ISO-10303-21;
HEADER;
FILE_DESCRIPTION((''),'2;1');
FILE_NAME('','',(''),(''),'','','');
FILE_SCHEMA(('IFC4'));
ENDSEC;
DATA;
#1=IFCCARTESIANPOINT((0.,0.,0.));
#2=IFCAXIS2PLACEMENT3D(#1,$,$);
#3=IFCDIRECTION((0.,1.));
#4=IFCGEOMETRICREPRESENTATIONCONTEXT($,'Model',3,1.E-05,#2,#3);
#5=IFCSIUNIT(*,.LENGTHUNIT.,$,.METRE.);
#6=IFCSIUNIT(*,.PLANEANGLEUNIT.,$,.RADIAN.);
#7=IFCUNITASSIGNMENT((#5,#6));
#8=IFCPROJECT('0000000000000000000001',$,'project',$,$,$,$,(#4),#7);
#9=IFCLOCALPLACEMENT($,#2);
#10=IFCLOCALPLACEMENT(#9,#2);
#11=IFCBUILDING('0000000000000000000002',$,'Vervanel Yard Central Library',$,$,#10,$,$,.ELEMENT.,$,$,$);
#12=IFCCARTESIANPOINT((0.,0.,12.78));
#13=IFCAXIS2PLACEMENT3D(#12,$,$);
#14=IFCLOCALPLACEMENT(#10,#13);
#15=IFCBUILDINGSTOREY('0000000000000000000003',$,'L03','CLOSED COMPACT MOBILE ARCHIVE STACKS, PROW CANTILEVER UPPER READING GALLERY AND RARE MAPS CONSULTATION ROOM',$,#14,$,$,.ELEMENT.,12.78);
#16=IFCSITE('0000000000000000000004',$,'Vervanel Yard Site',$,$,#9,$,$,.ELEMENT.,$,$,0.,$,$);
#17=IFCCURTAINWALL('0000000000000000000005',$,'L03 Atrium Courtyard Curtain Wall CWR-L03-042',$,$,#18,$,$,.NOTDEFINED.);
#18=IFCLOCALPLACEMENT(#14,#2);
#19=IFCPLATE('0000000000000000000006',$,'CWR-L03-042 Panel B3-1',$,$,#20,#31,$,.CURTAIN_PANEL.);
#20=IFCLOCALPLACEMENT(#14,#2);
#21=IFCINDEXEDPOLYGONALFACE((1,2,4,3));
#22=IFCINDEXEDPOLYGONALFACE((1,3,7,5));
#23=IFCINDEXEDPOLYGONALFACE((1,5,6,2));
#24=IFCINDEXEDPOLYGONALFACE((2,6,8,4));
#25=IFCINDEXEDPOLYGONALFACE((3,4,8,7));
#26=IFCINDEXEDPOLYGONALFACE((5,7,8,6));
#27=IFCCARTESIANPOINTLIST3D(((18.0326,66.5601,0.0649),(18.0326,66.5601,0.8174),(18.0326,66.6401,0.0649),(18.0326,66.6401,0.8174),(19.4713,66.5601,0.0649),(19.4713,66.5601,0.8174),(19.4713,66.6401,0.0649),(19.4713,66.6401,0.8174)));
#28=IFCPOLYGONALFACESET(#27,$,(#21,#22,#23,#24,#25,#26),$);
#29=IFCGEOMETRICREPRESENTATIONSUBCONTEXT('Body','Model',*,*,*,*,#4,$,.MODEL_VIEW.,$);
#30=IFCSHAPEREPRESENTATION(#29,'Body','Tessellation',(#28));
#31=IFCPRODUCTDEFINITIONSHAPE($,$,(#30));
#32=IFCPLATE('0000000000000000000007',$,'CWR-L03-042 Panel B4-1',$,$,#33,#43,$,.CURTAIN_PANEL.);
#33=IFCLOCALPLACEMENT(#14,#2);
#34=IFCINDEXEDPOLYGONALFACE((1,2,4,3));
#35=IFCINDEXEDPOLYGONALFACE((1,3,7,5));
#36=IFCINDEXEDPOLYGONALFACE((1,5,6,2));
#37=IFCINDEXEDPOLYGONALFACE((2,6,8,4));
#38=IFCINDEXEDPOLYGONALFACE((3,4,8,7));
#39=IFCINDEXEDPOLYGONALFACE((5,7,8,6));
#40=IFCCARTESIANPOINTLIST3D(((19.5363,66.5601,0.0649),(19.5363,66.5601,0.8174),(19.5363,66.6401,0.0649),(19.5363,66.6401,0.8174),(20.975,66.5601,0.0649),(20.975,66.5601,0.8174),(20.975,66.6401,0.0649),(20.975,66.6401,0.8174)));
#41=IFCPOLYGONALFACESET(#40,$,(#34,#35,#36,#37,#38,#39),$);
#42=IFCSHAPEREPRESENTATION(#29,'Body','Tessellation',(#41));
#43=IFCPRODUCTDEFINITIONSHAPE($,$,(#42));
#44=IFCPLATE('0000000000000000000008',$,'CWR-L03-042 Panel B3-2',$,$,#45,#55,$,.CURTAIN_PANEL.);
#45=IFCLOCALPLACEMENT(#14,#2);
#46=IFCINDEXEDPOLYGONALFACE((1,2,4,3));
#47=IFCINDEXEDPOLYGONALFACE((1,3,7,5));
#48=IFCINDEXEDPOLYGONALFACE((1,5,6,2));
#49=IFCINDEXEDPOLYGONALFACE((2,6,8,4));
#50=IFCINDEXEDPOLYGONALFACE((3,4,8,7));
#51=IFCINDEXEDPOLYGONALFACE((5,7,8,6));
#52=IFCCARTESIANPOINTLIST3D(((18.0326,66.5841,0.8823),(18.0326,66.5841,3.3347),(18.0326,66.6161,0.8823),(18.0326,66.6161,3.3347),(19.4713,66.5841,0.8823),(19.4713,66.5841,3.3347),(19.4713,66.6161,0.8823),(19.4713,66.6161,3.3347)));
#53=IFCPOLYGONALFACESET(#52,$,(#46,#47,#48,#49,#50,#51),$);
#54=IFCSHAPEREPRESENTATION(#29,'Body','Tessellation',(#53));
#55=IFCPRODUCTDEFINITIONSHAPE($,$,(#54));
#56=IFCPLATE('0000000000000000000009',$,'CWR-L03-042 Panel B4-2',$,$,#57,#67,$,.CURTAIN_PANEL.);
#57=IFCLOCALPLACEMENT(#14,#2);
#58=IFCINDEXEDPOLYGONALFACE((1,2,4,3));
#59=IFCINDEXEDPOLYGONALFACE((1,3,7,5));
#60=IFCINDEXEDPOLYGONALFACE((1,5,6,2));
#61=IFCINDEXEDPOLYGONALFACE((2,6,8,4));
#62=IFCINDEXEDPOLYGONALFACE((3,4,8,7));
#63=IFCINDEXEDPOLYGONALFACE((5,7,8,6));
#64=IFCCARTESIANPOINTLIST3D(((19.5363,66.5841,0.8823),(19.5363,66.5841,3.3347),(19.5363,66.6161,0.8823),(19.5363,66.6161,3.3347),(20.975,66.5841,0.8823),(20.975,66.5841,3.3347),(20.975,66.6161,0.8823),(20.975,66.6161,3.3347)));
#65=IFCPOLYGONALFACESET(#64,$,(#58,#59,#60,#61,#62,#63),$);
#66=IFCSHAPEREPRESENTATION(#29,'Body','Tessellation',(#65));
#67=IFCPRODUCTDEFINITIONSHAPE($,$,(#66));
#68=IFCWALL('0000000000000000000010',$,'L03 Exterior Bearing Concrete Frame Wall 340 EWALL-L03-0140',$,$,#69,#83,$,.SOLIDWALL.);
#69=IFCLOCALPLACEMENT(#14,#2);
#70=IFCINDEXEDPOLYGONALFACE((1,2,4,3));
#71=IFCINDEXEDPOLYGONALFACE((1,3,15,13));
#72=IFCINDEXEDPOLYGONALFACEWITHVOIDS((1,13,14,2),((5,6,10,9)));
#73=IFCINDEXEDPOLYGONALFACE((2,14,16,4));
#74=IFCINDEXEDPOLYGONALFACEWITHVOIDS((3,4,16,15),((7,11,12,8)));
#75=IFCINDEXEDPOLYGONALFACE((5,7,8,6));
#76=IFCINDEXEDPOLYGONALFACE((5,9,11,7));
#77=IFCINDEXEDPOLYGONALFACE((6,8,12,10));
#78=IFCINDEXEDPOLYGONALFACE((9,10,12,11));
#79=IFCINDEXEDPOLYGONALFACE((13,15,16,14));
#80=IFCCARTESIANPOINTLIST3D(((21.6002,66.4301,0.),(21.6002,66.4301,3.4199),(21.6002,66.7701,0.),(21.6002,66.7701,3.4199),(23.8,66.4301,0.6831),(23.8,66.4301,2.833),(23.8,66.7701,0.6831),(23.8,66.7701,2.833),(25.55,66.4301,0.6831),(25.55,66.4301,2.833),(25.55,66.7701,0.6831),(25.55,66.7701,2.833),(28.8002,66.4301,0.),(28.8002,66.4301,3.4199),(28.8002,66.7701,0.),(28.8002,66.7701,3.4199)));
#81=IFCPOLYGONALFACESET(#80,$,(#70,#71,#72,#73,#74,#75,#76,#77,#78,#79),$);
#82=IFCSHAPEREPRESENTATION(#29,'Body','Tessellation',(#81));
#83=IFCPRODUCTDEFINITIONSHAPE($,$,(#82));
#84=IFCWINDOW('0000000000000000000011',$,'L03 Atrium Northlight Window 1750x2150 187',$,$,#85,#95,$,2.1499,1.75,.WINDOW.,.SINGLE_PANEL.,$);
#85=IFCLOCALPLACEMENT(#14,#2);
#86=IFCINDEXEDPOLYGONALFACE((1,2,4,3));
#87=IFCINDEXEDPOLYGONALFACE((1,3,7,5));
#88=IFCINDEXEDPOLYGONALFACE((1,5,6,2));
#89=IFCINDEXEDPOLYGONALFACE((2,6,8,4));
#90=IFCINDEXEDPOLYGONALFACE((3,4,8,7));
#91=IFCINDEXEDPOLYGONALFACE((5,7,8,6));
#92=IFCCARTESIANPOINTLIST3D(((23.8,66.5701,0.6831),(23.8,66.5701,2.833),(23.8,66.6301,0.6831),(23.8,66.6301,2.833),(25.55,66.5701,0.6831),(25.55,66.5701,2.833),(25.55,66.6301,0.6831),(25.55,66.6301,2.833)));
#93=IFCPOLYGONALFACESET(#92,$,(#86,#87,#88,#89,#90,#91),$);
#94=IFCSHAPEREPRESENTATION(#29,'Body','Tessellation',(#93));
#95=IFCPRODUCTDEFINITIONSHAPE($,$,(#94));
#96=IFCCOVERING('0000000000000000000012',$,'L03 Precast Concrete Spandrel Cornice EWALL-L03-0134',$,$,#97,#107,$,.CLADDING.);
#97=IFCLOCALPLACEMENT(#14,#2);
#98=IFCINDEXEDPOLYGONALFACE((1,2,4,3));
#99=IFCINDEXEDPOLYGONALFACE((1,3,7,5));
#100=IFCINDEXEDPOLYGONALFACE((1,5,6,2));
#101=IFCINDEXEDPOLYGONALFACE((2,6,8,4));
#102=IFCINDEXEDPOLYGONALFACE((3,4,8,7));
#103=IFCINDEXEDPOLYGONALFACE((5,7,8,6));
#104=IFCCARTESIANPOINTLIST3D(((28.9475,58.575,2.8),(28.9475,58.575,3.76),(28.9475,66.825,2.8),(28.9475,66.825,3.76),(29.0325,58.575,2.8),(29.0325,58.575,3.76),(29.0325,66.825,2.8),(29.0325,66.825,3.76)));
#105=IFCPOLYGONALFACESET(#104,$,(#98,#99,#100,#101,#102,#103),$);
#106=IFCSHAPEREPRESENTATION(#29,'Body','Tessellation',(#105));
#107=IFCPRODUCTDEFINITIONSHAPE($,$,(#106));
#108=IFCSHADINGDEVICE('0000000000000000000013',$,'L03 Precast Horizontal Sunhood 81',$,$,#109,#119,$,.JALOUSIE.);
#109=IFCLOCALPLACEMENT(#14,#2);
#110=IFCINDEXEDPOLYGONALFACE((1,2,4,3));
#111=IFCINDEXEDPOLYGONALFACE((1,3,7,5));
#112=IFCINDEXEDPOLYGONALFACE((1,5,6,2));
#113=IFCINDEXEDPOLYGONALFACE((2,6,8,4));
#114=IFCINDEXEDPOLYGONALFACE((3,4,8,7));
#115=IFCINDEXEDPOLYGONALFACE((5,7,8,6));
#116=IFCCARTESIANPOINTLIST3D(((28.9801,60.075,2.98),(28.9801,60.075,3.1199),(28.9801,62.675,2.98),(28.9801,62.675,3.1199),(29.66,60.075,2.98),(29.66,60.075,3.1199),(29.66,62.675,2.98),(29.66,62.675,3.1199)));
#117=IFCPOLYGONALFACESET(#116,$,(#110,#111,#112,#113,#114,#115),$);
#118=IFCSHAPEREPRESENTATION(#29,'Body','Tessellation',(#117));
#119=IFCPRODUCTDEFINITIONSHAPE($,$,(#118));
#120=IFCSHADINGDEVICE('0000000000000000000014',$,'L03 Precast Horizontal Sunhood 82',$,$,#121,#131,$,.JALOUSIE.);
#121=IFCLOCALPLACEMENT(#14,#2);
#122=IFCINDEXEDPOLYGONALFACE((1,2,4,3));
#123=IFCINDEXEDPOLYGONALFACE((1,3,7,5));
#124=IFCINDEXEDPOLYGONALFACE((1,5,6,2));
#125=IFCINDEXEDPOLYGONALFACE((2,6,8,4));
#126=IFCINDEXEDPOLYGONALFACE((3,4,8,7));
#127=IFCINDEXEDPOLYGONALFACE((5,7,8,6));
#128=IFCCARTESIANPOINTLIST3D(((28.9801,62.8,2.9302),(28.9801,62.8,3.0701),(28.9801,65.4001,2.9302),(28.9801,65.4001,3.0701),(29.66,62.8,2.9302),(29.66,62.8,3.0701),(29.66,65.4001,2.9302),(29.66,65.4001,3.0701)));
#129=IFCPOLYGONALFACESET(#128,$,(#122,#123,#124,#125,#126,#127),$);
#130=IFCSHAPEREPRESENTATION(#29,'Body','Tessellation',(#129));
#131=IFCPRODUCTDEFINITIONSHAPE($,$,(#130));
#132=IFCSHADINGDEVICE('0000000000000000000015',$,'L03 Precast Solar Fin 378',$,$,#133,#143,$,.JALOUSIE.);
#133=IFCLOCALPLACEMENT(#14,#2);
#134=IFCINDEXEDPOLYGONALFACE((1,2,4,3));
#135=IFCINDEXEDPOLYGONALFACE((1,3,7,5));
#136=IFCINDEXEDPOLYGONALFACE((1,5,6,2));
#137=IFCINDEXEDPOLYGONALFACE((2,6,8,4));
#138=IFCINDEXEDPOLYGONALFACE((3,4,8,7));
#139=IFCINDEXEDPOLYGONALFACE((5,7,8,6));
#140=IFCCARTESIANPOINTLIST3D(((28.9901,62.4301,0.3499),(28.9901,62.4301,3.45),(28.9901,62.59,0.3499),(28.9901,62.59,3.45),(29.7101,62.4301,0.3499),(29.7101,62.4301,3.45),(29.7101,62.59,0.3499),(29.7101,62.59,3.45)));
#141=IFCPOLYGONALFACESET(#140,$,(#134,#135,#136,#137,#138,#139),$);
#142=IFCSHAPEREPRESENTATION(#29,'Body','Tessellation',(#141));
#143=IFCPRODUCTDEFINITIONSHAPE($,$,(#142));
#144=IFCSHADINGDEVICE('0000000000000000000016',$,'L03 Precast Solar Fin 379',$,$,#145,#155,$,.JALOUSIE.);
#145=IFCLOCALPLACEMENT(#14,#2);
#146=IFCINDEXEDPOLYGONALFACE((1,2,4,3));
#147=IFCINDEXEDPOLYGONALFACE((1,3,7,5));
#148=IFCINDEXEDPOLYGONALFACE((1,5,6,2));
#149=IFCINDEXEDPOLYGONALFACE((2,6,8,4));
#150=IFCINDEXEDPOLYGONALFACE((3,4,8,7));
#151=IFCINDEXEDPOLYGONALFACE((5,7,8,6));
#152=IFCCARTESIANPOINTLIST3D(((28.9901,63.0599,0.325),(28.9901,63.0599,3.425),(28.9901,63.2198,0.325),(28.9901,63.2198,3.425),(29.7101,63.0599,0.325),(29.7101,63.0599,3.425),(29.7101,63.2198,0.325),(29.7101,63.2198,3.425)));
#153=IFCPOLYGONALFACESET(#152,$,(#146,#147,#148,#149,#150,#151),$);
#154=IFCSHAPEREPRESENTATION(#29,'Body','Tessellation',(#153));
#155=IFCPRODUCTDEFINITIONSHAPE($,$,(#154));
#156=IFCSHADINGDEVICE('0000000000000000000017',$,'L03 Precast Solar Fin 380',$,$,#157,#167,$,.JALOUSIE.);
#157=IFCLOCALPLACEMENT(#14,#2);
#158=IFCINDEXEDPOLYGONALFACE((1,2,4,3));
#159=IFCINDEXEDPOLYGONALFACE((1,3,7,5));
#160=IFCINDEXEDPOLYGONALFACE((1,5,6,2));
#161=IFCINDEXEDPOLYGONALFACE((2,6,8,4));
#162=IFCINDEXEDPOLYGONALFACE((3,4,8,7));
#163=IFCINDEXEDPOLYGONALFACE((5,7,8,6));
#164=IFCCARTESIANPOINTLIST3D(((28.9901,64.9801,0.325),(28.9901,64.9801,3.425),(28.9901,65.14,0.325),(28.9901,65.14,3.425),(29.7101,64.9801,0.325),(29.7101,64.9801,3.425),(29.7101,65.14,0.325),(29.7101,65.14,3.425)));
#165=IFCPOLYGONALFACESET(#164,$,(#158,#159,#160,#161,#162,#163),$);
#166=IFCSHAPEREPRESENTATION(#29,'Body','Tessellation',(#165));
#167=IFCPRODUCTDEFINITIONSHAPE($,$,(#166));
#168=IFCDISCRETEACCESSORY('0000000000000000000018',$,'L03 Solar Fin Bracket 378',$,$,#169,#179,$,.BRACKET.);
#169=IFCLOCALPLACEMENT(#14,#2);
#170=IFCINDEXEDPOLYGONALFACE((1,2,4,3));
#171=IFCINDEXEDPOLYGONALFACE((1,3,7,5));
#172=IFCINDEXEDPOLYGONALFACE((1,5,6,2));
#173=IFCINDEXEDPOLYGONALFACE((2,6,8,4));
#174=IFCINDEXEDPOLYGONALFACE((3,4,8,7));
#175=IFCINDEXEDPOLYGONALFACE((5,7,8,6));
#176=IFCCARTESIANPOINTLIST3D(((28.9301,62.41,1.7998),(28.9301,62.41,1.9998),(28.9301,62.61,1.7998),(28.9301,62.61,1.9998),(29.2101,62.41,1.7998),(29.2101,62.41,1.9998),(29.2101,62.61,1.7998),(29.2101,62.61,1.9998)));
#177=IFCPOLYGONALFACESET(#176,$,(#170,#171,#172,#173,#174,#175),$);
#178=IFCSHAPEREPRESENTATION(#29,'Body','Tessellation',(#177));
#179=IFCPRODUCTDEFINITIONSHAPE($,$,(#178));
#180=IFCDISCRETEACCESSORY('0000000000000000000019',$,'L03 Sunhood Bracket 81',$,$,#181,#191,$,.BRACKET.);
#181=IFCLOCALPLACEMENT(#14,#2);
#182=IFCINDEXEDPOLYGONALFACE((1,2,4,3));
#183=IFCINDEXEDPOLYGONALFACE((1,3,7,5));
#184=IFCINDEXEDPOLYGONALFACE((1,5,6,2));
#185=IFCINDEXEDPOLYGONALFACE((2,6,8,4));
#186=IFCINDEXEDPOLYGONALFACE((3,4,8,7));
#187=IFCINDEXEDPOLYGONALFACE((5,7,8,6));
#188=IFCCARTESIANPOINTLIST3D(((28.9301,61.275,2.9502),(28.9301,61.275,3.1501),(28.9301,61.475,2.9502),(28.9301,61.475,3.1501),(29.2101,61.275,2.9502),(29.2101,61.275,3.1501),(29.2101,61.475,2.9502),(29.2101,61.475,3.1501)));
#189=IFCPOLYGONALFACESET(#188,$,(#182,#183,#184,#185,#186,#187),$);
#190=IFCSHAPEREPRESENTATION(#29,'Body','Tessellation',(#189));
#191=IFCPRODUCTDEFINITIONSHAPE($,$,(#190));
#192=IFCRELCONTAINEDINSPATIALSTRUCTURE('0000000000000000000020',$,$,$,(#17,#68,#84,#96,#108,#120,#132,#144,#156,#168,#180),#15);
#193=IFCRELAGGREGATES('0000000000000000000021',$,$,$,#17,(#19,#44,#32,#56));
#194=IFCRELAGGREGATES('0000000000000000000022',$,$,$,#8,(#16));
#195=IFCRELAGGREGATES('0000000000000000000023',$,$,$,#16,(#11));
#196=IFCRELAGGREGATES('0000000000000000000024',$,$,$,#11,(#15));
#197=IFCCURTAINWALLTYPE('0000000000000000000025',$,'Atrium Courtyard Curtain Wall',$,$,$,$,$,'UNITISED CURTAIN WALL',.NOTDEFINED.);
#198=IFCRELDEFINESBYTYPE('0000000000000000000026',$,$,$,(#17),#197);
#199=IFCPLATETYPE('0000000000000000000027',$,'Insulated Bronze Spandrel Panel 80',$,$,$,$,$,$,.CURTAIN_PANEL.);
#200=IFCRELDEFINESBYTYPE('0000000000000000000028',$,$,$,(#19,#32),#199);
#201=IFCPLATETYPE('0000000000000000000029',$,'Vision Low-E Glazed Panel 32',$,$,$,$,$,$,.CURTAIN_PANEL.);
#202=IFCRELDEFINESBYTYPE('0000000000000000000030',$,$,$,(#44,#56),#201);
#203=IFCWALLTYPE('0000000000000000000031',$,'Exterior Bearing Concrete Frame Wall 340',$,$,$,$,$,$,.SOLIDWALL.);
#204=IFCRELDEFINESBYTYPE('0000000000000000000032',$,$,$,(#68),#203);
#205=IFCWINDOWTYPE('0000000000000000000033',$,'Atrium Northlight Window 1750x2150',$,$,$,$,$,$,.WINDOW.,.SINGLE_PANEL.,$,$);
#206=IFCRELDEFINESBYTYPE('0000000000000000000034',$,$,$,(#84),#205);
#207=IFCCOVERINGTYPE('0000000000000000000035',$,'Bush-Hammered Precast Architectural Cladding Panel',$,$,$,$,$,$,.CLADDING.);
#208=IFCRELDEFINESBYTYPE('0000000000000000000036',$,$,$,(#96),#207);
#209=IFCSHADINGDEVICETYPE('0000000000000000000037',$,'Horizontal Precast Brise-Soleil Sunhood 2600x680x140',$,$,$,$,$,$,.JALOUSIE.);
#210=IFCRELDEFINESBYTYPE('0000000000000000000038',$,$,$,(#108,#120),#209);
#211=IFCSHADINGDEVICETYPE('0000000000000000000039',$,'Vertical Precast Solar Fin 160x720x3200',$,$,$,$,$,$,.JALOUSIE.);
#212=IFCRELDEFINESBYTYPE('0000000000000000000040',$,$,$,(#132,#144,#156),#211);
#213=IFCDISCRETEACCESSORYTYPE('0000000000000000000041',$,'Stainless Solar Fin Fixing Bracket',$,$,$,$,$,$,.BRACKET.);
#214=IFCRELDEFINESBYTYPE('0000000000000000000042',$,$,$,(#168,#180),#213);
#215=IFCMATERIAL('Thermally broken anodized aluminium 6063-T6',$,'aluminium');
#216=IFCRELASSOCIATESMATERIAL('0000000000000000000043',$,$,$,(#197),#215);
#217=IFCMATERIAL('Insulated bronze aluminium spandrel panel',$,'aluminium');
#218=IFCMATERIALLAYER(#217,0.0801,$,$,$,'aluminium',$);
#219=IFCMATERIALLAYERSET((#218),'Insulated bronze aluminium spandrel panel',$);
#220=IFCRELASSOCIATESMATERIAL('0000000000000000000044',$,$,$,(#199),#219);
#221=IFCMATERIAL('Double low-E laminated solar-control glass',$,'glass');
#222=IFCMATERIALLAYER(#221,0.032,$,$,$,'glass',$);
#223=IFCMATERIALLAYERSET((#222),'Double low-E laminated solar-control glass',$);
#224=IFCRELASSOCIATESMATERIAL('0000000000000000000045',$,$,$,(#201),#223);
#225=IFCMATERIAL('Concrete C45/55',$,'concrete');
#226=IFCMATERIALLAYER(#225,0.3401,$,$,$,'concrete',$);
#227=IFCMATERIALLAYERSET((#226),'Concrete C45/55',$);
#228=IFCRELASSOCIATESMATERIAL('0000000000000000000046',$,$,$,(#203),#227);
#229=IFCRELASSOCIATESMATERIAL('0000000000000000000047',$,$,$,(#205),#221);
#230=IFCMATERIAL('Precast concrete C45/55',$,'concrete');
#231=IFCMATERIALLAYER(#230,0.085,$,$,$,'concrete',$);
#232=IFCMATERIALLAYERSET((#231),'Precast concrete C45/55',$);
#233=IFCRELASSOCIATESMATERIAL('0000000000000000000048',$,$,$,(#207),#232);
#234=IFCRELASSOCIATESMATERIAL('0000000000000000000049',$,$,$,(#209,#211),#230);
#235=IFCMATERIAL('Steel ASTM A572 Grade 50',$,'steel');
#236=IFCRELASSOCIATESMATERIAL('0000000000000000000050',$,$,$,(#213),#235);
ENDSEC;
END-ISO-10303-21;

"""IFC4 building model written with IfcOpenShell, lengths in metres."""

from ifc_helpers import new_model, si_unit, direction, frame, frame_2d, origin, origin_2d, place, context, subcontext, project, spatial, rectangle, extrude, material, layer, layer_set, type_object, element, fill, aggregate, save


model = new_model("IFC4")

# Units and contexts
model_context = context("Model", 3, precision=1e-05, world=origin(), true_north=direction((0.0, 1.0)))
body_context = subcontext(model_context, "Body", "Model", "MODEL_VIEW")
ifc_project = project(units=[si_unit("LENGTHUNIT", "METRE"), si_unit("PLANEANGLEUNIT", "RADIAN")], contexts=[model_context])

# Site, building, storey
site_placement = place(None, origin())
site = spatial("IfcSite", under=ifc_project, at=site_placement, Name="Vervanel Yard Site", CompositionType="ELEMENT", RefElevation=0.0)
building_placement = place(site_placement, origin())
building = spatial("IfcBuilding", under=site, at=building_placement, Name="Vervanel Yard Central Library", CompositionType="ELEMENT")
storey_placement = place(building_placement, frame((0.0, 0.0, 12.78)))
storey = spatial("IfcBuildingStorey", under=building, at=storey_placement, Name="L03", Description="CLOSED COMPACT MOBILE ARCHIVE STACKS, PROW CANTILEVER UPPER READING GALLERY AND RARE MAPS CONSULTATION ROOM", CompositionType="ELEMENT", Elevation=12.78)

# Curtain wall
ifc_material_1 = material(Name="Thermally broken anodized aluminium 6063-T6", Category="aluminium")
curtain_wall_type = type_object("IfcCurtainWallType", Name="Atrium Courtyard Curtain Wall", ElementType="UNITISED CURTAIN WALL", PredefinedType="NOTDEFINED", material=ifc_material_1)
curtain_wall_placement = place(storey_placement, origin())
curtain_wall = element("IfcCurtainWall", 1, at=curtain_wall_placement, inside=storey, type_object=curtain_wall_type, Name="L03 Atrium Courtyard Curtain Wall CWR-L03-042", PredefinedType="NOTDEFINED")

# Plates
ifc_material_2 = material(Name="Insulated bronze aluminium spandrel panel", Category="aluminium")
ifc_layer_1 = layer(ifc_material_2, 0.0801, Category="aluminium")
ifc_layer_set_1 = layer_set([ifc_layer_1], Name="Insulated bronze aluminium spandrel panel")
plate_type_1 = type_object("IfcPlateType", Name="Insulated Bronze Spandrel Panel 80", PredefinedType="CURTAIN_PANEL", material=ifc_layer_set_1)
plate_1_placement = place(storey_placement, frame((18.752, 66.6001, 0.0649), z_axis=(0.0, 0.0, 1.0), x_axis=(1.0, 0.0, 0.0)))
plate_1 = element("IfcPlate", 2, at=plate_1_placement, type_object=plate_type_1, Name="CWR-L03-042 Panel B3-1", PredefinedType="CURTAIN_PANEL", context=body_context, shape_type="SweptSolid", body=[
    extrude(rectangle(XDim=1.4387, YDim=0.0801, at=origin_2d()), origin(), (0.0, 0.0, 1.0), 0.7524),
])
plate_2_placement = place(storey_placement, frame((20.2556, 66.6001, 0.0649), z_axis=(0.0, 0.0, 1.0), x_axis=(1.0, 0.0, 0.0)))
plate_2 = element("IfcPlate", 3, at=plate_2_placement, type_object=plate_type_1, Name="CWR-L03-042 Panel B4-1", PredefinedType="CURTAIN_PANEL", context=body_context, shape_type="SweptSolid", body=[
    extrude(rectangle(XDim=1.4387, YDim=0.0801, at=origin_2d()), origin(), (0.0, 0.0, 1.0), 0.7524),
])
ifc_material_3 = material(Name="Double low-E laminated solar-control glass", Category="glass")
ifc_layer_2 = layer(ifc_material_3, 0.032, Category="glass")
ifc_layer_set_2 = layer_set([ifc_layer_2], Name="Double low-E laminated solar-control glass")
plate_type_2 = type_object("IfcPlateType", Name="Vision Low-E Glazed Panel 32", PredefinedType="CURTAIN_PANEL", material=ifc_layer_set_2)
plate_3_placement = place(storey_placement, frame((18.752, 66.6001, 0.8823), z_axis=(0.0, 0.0, 1.0), x_axis=(1.0, 0.0, 0.0)))
plate_3 = element("IfcPlate", 4, at=plate_3_placement, type_object=plate_type_2, Name="CWR-L03-042 Panel B3-2", PredefinedType="CURTAIN_PANEL", context=body_context, shape_type="SweptSolid", body=[
    extrude(rectangle(XDim=1.4387, YDim=0.032, at=origin_2d()), origin(), (0.0, 0.0, 1.0), 2.4524),
])
plate_4_placement = place(storey_placement, frame((20.2556, 66.6001, 0.8823), z_axis=(0.0, 0.0, 1.0), x_axis=(1.0, 0.0, 0.0)))
plate_4 = element("IfcPlate", 5, at=plate_4_placement, type_object=plate_type_2, Name="CWR-L03-042 Panel B4-2", PredefinedType="CURTAIN_PANEL", context=body_context, shape_type="SweptSolid", body=[
    extrude(rectangle(XDim=1.4387, YDim=0.032, at=origin_2d()), origin(), (0.0, 0.0, 1.0), 2.4524),
])
aggregate(curtain_wall, [plate_1, plate_3, plate_2, plate_4])

# Wall, opening, window
ifc_material_4 = material(Name="Concrete C45/55", Category="concrete")
ifc_layer_3 = layer(ifc_material_4, 0.3401, Category="concrete")
ifc_layer_set_3 = layer_set([ifc_layer_3], Name="Concrete C45/55")
wall_type = type_object("IfcWallType", Name="Exterior Bearing Concrete Frame Wall 340", PredefinedType="SOLIDWALL", material=ifc_layer_set_3)
wall_placement = place(storey_placement, frame((21.6001, 66.6001, 0.0), z_axis=(0.0, 0.0, 1.0), x_axis=(1.0, 0.0, 0.0)))
wall = element("IfcWall", 6, at=wall_placement, inside=storey, type_object=wall_type, Name="L03 Exterior Bearing Concrete Frame Wall 340 EWALL-L03-0140", PredefinedType="SOLIDWALL", context=body_context, shape_type="SweptSolid", body=[
    extrude(rectangle(XDim=7.2, YDim=0.3401, at=frame_2d((3.6001, 0.0))), origin(), (0.0, 0.0, 1.0), 3.4199),
])
opening_placement = place(wall_placement, frame((2.2, 0.0, 0.6831)))
opening = element("IfcOpeningElement", 7, at=opening_placement, cuts=wall, PredefinedType="OPENING", context=body_context, shape_type="SweptSolid", body=[
    extrude(rectangle(XDim=1.75, YDim=2.1499, at=frame_2d((0.875, 1.075))), frame((0.0, 0.1799, 0.0), z_axis=(0.0, -1.0, 0.0), x_axis=(1.0, 0.0, 0.0)), (0.0, 0.0, 1.0), 0.3601),
])
window_type = type_object("IfcWindowType", Name="Atrium Northlight Window 1750x2150", PartitioningType="SINGLE_PANEL", PredefinedType="WINDOW", material=ifc_material_3)
window_placement = place(opening_placement, origin())
window = element("IfcWindow", 8, at=window_placement, inside=storey, type_object=window_type, Name="L03 Atrium Northlight Window 1750x2150 187", OverallHeight=2.1499, OverallWidth=1.75, PartitioningType="SINGLE_PANEL", PredefinedType="WINDOW", context=body_context, shape_type="SweptSolid", body=[
    extrude(rectangle(XDim=1.75, YDim=2.1499, at=frame_2d((0.875, 1.075))), frame((0.0, 0.03, 0.0), z_axis=(0.0, -1.0, 0.0), x_axis=(1.0, 0.0, 0.0)), (0.0, 0.0, 1.0), 0.0601),
])
fill(opening, window)

# Covering
ifc_material_5 = material(Name="Precast concrete C45/55", Category="concrete")
ifc_layer_4 = layer(ifc_material_5, 0.085, Category="concrete")
ifc_layer_set_4 = layer_set([ifc_layer_4], Name="Precast concrete C45/55")
covering_type = type_object("IfcCoveringType", Name="Bush-Hammered Precast Architectural Cladding Panel", PredefinedType="CLADDING", material=ifc_layer_set_4)
covering_placement = place(storey_placement, frame((28.99, 62.7, 2.8), z_axis=(0.0, 0.0, 1.0), x_axis=(0.0, 1.0, 0.0)))
element("IfcCovering", 9, at=covering_placement, inside=storey, type_object=covering_type, Name="L03 Precast Concrete Spandrel Cornice EWALL-L03-0134", PredefinedType="CLADDING", context=body_context, shape_type="SweptSolid", body=[
    extrude(rectangle(XDim=8.25, YDim=0.085, at=origin_2d()), origin(), (0.0, 0.0, 1.0), 0.96),
])

# Shading devices
shading_device_type_1 = type_object("IfcShadingDeviceType", Name="Horizontal Precast Brise-Soleil Sunhood 2600x680x140", PredefinedType="JALOUSIE", material=ifc_material_5)
for number, where, z_axis, x_axis, name in (
    (10, (29.3201, 61.375, 2.98), (0.0, 0.0, 1.0), (0.0, 1.0, 0.0), "L03 Precast Horizontal Sunhood 81"),
    (11, (29.3201, 64.1001, 2.9302), (0.0, 0.0, 1.0), (0.0, 1.0, 0.0), "L03 Precast Horizontal Sunhood 82"),
):
    element("IfcShadingDevice", number, at=place(storey_placement, frame(where, z_axis=z_axis, x_axis=x_axis)), inside=storey, type_object=shading_device_type_1, Name=name, PredefinedType="JALOUSIE", context=body_context, shape_type="SweptSolid", body=[
        extrude(rectangle(XDim=2.6001, YDim=0.6799, at=origin_2d()), origin(), (0.0, 0.0, 1.0), 0.1399),
    ])
shading_device_type_2 = type_object("IfcShadingDeviceType", Name="Vertical Precast Solar Fin 160x720x3200", PredefinedType="JALOUSIE", material=ifc_material_5)
for number, where, z_axis, x_axis, name in (
    (12, (29.3501, 62.51, 0.3499), (0.0, 0.0, 1.0), (0.0, 1.0, 0.0), "L03 Precast Solar Fin 378"),
    (13, (29.3501, 63.1399, 0.325), (0.0, 0.0, 1.0), (0.0, 1.0, 0.0), "L03 Precast Solar Fin 379"),
    (14, (29.3501, 65.0601, 0.325), (0.0, 0.0, 1.0), (0.0, 1.0, 0.0), "L03 Precast Solar Fin 380"),
):
    element("IfcShadingDevice", number, at=place(storey_placement, frame(where, z_axis=z_axis, x_axis=x_axis)), inside=storey, type_object=shading_device_type_2, Name=name, PredefinedType="JALOUSIE", context=body_context, shape_type="SweptSolid", body=[
        extrude(rectangle(XDim=0.1599, YDim=0.72, at=origin_2d()), origin(), (0.0, 0.0, 1.0), 3.1001),
    ])

# Discrete accessories
ifc_material_6 = material(Name="Steel ASTM A572 Grade 50", Category="steel")
discrete_accessory_type = type_object("IfcDiscreteAccessoryType", Name="Stainless Solar Fin Fixing Bracket", PredefinedType="BRACKET", material=ifc_material_6)
for number, where, z_axis, x_axis, name in (
    (15, (29.0701, 62.51, 1.7998), (0.0, 0.0, 1.0), (0.0, 1.0, 0.0), "L03 Solar Fin Bracket 378"),
    (16, (29.0701, 61.375, 2.9502), (0.0, 0.0, 1.0), (0.0, 1.0, 0.0), "L03 Sunhood Bracket 81"),
):
    element("IfcDiscreteAccessory", number, at=place(storey_placement, frame(where, z_axis=z_axis, x_axis=x_axis)), inside=storey, type_object=discrete_accessory_type, Name=name, PredefinedType="BRACKET", context=body_context, shape_type="SweptSolid", body=[
        extrude(rectangle(XDim=0.2, YDim=0.28, at=origin_2d()), origin(), (0.0, 0.0, 1.0), 0.2),
    ])

save(model, "model.ifc")
